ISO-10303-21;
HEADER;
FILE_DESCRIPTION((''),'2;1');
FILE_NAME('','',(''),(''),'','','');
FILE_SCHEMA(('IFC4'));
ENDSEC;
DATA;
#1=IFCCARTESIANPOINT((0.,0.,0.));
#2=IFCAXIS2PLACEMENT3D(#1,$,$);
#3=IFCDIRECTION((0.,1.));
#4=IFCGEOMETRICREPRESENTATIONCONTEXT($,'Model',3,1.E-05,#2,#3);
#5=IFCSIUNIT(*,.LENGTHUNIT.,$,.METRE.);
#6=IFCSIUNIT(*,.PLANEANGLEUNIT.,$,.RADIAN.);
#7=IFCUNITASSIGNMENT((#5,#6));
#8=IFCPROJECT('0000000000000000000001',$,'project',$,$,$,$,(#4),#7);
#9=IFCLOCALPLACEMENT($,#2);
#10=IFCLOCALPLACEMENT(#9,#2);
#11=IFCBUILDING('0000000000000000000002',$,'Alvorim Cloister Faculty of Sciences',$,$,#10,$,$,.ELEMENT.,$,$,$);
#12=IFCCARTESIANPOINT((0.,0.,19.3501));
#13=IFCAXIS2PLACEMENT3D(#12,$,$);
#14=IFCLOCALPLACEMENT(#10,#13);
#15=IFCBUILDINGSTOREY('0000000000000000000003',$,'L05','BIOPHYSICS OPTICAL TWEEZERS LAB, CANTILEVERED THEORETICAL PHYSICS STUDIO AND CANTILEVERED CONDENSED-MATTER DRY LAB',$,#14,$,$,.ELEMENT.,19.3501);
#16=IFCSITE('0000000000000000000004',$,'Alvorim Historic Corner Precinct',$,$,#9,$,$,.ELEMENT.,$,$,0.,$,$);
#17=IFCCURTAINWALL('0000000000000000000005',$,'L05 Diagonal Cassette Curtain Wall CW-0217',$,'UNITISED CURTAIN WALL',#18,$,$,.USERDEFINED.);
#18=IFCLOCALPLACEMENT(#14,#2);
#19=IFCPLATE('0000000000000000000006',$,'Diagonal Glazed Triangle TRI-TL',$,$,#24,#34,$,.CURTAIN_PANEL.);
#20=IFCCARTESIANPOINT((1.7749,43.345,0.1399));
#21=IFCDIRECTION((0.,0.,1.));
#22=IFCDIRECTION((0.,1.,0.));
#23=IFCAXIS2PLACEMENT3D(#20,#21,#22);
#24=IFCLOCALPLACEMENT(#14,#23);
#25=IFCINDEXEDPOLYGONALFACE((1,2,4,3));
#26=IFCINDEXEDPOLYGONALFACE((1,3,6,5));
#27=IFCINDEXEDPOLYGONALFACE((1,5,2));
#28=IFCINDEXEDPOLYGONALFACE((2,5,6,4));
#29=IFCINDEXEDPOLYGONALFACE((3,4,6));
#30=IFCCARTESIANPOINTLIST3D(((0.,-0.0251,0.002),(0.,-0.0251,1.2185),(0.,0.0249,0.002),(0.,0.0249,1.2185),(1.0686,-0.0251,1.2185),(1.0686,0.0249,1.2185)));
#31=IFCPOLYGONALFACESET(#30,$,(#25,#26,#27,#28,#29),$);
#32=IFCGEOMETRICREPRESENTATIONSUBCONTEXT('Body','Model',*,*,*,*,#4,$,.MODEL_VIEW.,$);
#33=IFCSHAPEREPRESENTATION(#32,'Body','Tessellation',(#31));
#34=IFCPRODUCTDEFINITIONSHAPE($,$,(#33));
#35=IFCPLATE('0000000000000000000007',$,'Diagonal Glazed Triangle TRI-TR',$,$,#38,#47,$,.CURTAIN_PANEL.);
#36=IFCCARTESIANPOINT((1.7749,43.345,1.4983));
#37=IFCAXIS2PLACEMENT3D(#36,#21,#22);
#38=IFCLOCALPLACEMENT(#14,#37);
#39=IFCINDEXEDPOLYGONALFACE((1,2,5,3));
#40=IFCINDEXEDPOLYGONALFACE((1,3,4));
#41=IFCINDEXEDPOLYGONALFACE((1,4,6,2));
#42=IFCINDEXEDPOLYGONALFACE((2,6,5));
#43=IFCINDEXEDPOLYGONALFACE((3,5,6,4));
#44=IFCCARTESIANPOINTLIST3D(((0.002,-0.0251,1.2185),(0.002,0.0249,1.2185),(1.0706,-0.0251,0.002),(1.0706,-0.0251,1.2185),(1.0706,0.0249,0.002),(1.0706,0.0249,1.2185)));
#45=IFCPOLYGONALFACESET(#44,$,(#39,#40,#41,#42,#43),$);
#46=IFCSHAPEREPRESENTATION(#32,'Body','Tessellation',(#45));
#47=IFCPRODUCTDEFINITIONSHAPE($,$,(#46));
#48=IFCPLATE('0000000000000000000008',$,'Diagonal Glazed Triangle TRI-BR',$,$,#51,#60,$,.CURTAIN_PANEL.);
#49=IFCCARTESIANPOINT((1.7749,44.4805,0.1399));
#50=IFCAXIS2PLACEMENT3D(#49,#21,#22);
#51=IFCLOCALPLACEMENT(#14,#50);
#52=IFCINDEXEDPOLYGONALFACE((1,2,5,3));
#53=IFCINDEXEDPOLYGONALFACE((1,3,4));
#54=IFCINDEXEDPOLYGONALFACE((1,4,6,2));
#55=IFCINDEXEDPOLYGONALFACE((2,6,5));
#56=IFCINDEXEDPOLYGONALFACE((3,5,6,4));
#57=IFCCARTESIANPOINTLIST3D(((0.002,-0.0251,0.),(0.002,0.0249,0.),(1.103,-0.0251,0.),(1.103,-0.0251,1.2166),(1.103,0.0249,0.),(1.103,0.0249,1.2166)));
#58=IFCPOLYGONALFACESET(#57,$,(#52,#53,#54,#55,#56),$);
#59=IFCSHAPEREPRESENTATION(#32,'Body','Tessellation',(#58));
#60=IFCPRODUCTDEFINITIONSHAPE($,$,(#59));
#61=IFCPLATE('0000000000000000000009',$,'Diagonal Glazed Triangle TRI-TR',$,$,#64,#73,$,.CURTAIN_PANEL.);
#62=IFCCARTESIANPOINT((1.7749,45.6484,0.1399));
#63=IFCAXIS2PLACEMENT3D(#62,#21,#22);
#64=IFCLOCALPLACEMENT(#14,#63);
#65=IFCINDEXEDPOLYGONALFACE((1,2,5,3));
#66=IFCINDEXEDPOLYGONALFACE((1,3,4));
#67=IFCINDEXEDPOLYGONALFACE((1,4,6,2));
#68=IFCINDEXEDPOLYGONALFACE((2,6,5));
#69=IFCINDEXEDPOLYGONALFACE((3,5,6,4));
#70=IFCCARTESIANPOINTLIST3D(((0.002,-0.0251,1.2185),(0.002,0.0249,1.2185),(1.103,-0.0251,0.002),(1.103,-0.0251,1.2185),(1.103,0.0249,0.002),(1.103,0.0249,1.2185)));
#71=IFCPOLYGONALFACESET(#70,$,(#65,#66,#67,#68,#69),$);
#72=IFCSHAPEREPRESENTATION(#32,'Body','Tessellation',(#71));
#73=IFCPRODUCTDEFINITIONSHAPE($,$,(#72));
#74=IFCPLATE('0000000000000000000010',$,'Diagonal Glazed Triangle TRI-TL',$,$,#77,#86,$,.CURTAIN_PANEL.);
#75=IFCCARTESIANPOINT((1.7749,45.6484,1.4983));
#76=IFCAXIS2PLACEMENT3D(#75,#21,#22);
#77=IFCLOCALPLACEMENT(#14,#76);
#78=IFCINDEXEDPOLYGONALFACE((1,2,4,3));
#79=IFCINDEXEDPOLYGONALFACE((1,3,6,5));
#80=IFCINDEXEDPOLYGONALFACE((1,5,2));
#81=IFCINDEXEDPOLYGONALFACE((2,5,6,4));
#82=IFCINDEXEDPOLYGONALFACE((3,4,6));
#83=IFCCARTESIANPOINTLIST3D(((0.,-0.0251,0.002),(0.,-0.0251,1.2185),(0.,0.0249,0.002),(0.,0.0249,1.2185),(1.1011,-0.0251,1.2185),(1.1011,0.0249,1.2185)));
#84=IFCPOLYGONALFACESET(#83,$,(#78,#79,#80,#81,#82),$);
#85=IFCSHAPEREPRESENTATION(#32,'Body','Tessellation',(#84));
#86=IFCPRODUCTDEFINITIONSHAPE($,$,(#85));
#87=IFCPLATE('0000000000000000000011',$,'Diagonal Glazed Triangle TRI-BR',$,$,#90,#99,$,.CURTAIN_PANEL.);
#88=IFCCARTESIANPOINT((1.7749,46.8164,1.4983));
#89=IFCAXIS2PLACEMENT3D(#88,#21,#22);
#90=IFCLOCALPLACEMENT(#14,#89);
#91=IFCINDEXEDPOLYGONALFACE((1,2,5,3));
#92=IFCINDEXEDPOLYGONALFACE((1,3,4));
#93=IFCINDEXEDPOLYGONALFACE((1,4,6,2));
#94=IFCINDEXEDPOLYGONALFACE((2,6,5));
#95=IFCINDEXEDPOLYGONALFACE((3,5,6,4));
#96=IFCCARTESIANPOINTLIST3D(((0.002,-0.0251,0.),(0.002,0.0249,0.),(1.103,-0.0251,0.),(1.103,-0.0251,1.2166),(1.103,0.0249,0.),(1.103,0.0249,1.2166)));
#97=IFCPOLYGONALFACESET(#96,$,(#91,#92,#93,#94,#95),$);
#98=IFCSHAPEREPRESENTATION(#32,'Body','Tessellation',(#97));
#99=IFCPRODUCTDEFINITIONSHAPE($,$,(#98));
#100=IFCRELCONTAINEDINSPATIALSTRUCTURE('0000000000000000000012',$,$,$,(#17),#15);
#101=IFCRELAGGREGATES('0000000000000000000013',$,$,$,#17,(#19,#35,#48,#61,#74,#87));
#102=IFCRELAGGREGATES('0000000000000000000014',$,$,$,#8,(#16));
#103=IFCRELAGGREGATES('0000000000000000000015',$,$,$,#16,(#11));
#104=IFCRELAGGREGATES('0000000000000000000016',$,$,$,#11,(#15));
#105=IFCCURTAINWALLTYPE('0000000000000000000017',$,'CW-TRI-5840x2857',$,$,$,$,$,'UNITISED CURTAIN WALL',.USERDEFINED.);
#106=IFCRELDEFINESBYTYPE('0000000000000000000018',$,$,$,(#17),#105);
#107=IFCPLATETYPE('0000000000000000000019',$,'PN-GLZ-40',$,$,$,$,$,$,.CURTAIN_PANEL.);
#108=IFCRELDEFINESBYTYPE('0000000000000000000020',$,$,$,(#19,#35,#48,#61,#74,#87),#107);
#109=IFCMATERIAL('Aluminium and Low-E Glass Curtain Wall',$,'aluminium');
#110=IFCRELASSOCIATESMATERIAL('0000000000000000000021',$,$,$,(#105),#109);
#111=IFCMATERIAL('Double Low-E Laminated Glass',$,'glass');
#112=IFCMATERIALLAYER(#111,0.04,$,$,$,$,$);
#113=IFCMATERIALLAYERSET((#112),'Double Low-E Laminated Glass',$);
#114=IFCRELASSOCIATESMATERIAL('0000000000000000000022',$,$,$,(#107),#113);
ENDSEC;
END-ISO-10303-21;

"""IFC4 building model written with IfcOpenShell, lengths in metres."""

from ifc_helpers import new_model, si_unit, direction, frame, origin, place, context, subcontext, project, spatial, polyline, outline, extrude, material, layer, layer_set, type_object, element, aggregate, save


model = new_model("IFC4")

# Units and contexts
model_context = context("Model", 3, precision=1e-05, world=origin(), true_north=direction((0.0, 1.0)))
body_context = subcontext(model_context, "Body", "Model", "MODEL_VIEW")
ifc_project = project(units=[si_unit("LENGTHUNIT", "METRE"), si_unit("PLANEANGLEUNIT", "RADIAN")], contexts=[model_context])

# Site, building, storey
site_placement = place(None, origin())
site = spatial("IfcSite", under=ifc_project, at=site_placement, Name="Alvorim Historic Corner Precinct", CompositionType="ELEMENT", RefElevation=0.0)
building_placement = place(site_placement, origin())
building = spatial("IfcBuilding", under=site, at=building_placement, Name="Alvorim Cloister Faculty of Sciences", CompositionType="ELEMENT")
storey_placement = place(building_placement, frame((0.0, 0.0, 19.3501)))
storey = spatial("IfcBuildingStorey", under=building, at=storey_placement, Name="L05", Description="BIOPHYSICS OPTICAL TWEEZERS LAB, CANTILEVERED THEORETICAL PHYSICS STUDIO AND CANTILEVERED CONDENSED-MATTER DRY LAB", CompositionType="ELEMENT", Elevation=19.3501)

# Curtain wall, plates
ifc_material_1 = material(Name="Aluminium and Low-E Glass Curtain Wall", Category="aluminium")
curtain_wall_type = type_object("IfcCurtainWallType", Name="CW-TRI-5840x2857", ElementType="UNITISED CURTAIN WALL", PredefinedType="USERDEFINED", material=ifc_material_1)
curtain_wall_placement = place(storey_placement, origin())
curtain_wall = element("IfcCurtainWall", 1, at=curtain_wall_placement, inside=storey, type_object=curtain_wall_type, Name="L05 Diagonal Cassette Curtain Wall CW-0217", ObjectType="UNITISED CURTAIN WALL", PredefinedType="USERDEFINED")
ifc_material_2 = material(Name="Double Low-E Laminated Glass", Category="glass")
ifc_layer = layer(ifc_material_2, 0.04)
ifc_layer_set = layer_set([ifc_layer], Name="Double Low-E Laminated Glass")
plate_type = type_object("IfcPlateType", Name="PN-GLZ-40", PredefinedType="CURTAIN_PANEL", material=ifc_layer_set)
plate_1_placement = place(storey_placement, frame((1.7749, 43.345, 0.1399), z_axis=(0.0, 0.0, 1.0), x_axis=(0.0, 1.0, 0.0)))
plate_1 = element("IfcPlate", 2, at=plate_1_placement, type_object=plate_type, Name="Diagonal Glazed Triangle TRI-TL", PredefinedType="CURTAIN_PANEL", context=body_context, shape_type="SweptSolid", body=[
    extrude(outline(polyline([(1.0686, 1.2185), (0.0, 1.2185), (0.0, 0.002), (1.0686, 1.2185)])), frame((0.0, 0.0249, 0.0), z_axis=(0.0, -1.0, 0.0), x_axis=(1.0, 0.0, 0.0)), (0.0, 0.0, 1.0), 0.05),
])
plate_2_placement = place(storey_placement, frame((1.7749, 43.345, 1.4983), z_axis=(0.0, 0.0, 1.0), x_axis=(0.0, 1.0, 0.0)))
plate_2 = element("IfcPlate", 3, at=plate_2_placement, type_object=plate_type, Name="Diagonal Glazed Triangle TRI-TR", PredefinedType="CURTAIN_PANEL", context=body_context, shape_type="SweptSolid", body=[
    extrude(outline(polyline([(1.0706, 0.002), (1.0706, 1.2185), (0.002, 1.2185), (1.0706, 0.002)])), frame((0.0, 0.0249, 0.0), z_axis=(0.0, -1.0, 0.0), x_axis=(1.0, 0.0, 0.0)), (0.0, 0.0, 1.0), 0.05),
])
plate_3_placement = place(storey_placement, frame((1.7749, 44.4805, 0.1399), z_axis=(0.0, 0.0, 1.0), x_axis=(0.0, 1.0, 0.0)))
plate_3 = element("IfcPlate", 4, at=plate_3_placement, type_object=plate_type, Name="Diagonal Glazed Triangle TRI-BR", PredefinedType="CURTAIN_PANEL", context=body_context, shape_type="SweptSolid", body=[
    extrude(outline(polyline([(0.002, 0.0), (1.103, 0.0), (1.103, 1.2166), (0.002, 0.0)])), frame((0.0, 0.0249, 0.0), z_axis=(0.0, -1.0, 0.0), x_axis=(1.0, 0.0, 0.0)), (0.0, 0.0, 1.0), 0.05),
])
plate_4_placement = place(storey_placement, frame((1.7749, 45.6484, 0.1399), z_axis=(0.0, 0.0, 1.0), x_axis=(0.0, 1.0, 0.0)))
plate_4 = element("IfcPlate", 5, at=plate_4_placement, type_object=plate_type, Name="Diagonal Glazed Triangle TRI-TR", PredefinedType="CURTAIN_PANEL", context=body_context, shape_type="SweptSolid", body=[
    extrude(outline(polyline([(1.103, 0.002), (1.103, 1.2185), (0.002, 1.2185), (1.103, 0.002)])), frame((0.0, 0.0249, 0.0), z_axis=(0.0, -1.0, 0.0), x_axis=(1.0, 0.0, 0.0)), (0.0, 0.0, 1.0), 0.05),
])
plate_5_placement = place(storey_placement, frame((1.7749, 45.6484, 1.4983), z_axis=(0.0, 0.0, 1.0), x_axis=(0.0, 1.0, 0.0)))
plate_5 = element("IfcPlate", 6, at=plate_5_placement, type_object=plate_type, Name="Diagonal Glazed Triangle TRI-TL", PredefinedType="CURTAIN_PANEL", context=body_context, shape_type="SweptSolid", body=[
    extrude(outline(polyline([(1.1011, 1.2185), (0.0, 1.2185), (0.0, 0.002), (1.1011, 1.2185)])), frame((0.0, 0.0249, 0.0), z_axis=(0.0, -1.0, 0.0), x_axis=(1.0, 0.0, 0.0)), (0.0, 0.0, 1.0), 0.05),
])
plate_6_placement = place(storey_placement, frame((1.7749, 46.8164, 1.4983), z_axis=(0.0, 0.0, 1.0), x_axis=(0.0, 1.0, 0.0)))
plate_6 = element("IfcPlate", 7, at=plate_6_placement, type_object=plate_type, Name="Diagonal Glazed Triangle TRI-BR", PredefinedType="CURTAIN_PANEL", context=body_context, shape_type="SweptSolid", body=[
    extrude(outline(polyline([(0.002, 0.0), (1.103, 0.0), (1.103, 1.2166), (0.002, 0.0)])), frame((0.0, 0.0249, 0.0), z_axis=(0.0, -1.0, 0.0), x_axis=(1.0, 0.0, 0.0)), (0.0, 0.0, 1.0), 0.05),
])
aggregate(curtain_wall, [plate_1, plate_2, plate_3, plate_4, plate_5, plate_6])

save(model, "model.ifc")
